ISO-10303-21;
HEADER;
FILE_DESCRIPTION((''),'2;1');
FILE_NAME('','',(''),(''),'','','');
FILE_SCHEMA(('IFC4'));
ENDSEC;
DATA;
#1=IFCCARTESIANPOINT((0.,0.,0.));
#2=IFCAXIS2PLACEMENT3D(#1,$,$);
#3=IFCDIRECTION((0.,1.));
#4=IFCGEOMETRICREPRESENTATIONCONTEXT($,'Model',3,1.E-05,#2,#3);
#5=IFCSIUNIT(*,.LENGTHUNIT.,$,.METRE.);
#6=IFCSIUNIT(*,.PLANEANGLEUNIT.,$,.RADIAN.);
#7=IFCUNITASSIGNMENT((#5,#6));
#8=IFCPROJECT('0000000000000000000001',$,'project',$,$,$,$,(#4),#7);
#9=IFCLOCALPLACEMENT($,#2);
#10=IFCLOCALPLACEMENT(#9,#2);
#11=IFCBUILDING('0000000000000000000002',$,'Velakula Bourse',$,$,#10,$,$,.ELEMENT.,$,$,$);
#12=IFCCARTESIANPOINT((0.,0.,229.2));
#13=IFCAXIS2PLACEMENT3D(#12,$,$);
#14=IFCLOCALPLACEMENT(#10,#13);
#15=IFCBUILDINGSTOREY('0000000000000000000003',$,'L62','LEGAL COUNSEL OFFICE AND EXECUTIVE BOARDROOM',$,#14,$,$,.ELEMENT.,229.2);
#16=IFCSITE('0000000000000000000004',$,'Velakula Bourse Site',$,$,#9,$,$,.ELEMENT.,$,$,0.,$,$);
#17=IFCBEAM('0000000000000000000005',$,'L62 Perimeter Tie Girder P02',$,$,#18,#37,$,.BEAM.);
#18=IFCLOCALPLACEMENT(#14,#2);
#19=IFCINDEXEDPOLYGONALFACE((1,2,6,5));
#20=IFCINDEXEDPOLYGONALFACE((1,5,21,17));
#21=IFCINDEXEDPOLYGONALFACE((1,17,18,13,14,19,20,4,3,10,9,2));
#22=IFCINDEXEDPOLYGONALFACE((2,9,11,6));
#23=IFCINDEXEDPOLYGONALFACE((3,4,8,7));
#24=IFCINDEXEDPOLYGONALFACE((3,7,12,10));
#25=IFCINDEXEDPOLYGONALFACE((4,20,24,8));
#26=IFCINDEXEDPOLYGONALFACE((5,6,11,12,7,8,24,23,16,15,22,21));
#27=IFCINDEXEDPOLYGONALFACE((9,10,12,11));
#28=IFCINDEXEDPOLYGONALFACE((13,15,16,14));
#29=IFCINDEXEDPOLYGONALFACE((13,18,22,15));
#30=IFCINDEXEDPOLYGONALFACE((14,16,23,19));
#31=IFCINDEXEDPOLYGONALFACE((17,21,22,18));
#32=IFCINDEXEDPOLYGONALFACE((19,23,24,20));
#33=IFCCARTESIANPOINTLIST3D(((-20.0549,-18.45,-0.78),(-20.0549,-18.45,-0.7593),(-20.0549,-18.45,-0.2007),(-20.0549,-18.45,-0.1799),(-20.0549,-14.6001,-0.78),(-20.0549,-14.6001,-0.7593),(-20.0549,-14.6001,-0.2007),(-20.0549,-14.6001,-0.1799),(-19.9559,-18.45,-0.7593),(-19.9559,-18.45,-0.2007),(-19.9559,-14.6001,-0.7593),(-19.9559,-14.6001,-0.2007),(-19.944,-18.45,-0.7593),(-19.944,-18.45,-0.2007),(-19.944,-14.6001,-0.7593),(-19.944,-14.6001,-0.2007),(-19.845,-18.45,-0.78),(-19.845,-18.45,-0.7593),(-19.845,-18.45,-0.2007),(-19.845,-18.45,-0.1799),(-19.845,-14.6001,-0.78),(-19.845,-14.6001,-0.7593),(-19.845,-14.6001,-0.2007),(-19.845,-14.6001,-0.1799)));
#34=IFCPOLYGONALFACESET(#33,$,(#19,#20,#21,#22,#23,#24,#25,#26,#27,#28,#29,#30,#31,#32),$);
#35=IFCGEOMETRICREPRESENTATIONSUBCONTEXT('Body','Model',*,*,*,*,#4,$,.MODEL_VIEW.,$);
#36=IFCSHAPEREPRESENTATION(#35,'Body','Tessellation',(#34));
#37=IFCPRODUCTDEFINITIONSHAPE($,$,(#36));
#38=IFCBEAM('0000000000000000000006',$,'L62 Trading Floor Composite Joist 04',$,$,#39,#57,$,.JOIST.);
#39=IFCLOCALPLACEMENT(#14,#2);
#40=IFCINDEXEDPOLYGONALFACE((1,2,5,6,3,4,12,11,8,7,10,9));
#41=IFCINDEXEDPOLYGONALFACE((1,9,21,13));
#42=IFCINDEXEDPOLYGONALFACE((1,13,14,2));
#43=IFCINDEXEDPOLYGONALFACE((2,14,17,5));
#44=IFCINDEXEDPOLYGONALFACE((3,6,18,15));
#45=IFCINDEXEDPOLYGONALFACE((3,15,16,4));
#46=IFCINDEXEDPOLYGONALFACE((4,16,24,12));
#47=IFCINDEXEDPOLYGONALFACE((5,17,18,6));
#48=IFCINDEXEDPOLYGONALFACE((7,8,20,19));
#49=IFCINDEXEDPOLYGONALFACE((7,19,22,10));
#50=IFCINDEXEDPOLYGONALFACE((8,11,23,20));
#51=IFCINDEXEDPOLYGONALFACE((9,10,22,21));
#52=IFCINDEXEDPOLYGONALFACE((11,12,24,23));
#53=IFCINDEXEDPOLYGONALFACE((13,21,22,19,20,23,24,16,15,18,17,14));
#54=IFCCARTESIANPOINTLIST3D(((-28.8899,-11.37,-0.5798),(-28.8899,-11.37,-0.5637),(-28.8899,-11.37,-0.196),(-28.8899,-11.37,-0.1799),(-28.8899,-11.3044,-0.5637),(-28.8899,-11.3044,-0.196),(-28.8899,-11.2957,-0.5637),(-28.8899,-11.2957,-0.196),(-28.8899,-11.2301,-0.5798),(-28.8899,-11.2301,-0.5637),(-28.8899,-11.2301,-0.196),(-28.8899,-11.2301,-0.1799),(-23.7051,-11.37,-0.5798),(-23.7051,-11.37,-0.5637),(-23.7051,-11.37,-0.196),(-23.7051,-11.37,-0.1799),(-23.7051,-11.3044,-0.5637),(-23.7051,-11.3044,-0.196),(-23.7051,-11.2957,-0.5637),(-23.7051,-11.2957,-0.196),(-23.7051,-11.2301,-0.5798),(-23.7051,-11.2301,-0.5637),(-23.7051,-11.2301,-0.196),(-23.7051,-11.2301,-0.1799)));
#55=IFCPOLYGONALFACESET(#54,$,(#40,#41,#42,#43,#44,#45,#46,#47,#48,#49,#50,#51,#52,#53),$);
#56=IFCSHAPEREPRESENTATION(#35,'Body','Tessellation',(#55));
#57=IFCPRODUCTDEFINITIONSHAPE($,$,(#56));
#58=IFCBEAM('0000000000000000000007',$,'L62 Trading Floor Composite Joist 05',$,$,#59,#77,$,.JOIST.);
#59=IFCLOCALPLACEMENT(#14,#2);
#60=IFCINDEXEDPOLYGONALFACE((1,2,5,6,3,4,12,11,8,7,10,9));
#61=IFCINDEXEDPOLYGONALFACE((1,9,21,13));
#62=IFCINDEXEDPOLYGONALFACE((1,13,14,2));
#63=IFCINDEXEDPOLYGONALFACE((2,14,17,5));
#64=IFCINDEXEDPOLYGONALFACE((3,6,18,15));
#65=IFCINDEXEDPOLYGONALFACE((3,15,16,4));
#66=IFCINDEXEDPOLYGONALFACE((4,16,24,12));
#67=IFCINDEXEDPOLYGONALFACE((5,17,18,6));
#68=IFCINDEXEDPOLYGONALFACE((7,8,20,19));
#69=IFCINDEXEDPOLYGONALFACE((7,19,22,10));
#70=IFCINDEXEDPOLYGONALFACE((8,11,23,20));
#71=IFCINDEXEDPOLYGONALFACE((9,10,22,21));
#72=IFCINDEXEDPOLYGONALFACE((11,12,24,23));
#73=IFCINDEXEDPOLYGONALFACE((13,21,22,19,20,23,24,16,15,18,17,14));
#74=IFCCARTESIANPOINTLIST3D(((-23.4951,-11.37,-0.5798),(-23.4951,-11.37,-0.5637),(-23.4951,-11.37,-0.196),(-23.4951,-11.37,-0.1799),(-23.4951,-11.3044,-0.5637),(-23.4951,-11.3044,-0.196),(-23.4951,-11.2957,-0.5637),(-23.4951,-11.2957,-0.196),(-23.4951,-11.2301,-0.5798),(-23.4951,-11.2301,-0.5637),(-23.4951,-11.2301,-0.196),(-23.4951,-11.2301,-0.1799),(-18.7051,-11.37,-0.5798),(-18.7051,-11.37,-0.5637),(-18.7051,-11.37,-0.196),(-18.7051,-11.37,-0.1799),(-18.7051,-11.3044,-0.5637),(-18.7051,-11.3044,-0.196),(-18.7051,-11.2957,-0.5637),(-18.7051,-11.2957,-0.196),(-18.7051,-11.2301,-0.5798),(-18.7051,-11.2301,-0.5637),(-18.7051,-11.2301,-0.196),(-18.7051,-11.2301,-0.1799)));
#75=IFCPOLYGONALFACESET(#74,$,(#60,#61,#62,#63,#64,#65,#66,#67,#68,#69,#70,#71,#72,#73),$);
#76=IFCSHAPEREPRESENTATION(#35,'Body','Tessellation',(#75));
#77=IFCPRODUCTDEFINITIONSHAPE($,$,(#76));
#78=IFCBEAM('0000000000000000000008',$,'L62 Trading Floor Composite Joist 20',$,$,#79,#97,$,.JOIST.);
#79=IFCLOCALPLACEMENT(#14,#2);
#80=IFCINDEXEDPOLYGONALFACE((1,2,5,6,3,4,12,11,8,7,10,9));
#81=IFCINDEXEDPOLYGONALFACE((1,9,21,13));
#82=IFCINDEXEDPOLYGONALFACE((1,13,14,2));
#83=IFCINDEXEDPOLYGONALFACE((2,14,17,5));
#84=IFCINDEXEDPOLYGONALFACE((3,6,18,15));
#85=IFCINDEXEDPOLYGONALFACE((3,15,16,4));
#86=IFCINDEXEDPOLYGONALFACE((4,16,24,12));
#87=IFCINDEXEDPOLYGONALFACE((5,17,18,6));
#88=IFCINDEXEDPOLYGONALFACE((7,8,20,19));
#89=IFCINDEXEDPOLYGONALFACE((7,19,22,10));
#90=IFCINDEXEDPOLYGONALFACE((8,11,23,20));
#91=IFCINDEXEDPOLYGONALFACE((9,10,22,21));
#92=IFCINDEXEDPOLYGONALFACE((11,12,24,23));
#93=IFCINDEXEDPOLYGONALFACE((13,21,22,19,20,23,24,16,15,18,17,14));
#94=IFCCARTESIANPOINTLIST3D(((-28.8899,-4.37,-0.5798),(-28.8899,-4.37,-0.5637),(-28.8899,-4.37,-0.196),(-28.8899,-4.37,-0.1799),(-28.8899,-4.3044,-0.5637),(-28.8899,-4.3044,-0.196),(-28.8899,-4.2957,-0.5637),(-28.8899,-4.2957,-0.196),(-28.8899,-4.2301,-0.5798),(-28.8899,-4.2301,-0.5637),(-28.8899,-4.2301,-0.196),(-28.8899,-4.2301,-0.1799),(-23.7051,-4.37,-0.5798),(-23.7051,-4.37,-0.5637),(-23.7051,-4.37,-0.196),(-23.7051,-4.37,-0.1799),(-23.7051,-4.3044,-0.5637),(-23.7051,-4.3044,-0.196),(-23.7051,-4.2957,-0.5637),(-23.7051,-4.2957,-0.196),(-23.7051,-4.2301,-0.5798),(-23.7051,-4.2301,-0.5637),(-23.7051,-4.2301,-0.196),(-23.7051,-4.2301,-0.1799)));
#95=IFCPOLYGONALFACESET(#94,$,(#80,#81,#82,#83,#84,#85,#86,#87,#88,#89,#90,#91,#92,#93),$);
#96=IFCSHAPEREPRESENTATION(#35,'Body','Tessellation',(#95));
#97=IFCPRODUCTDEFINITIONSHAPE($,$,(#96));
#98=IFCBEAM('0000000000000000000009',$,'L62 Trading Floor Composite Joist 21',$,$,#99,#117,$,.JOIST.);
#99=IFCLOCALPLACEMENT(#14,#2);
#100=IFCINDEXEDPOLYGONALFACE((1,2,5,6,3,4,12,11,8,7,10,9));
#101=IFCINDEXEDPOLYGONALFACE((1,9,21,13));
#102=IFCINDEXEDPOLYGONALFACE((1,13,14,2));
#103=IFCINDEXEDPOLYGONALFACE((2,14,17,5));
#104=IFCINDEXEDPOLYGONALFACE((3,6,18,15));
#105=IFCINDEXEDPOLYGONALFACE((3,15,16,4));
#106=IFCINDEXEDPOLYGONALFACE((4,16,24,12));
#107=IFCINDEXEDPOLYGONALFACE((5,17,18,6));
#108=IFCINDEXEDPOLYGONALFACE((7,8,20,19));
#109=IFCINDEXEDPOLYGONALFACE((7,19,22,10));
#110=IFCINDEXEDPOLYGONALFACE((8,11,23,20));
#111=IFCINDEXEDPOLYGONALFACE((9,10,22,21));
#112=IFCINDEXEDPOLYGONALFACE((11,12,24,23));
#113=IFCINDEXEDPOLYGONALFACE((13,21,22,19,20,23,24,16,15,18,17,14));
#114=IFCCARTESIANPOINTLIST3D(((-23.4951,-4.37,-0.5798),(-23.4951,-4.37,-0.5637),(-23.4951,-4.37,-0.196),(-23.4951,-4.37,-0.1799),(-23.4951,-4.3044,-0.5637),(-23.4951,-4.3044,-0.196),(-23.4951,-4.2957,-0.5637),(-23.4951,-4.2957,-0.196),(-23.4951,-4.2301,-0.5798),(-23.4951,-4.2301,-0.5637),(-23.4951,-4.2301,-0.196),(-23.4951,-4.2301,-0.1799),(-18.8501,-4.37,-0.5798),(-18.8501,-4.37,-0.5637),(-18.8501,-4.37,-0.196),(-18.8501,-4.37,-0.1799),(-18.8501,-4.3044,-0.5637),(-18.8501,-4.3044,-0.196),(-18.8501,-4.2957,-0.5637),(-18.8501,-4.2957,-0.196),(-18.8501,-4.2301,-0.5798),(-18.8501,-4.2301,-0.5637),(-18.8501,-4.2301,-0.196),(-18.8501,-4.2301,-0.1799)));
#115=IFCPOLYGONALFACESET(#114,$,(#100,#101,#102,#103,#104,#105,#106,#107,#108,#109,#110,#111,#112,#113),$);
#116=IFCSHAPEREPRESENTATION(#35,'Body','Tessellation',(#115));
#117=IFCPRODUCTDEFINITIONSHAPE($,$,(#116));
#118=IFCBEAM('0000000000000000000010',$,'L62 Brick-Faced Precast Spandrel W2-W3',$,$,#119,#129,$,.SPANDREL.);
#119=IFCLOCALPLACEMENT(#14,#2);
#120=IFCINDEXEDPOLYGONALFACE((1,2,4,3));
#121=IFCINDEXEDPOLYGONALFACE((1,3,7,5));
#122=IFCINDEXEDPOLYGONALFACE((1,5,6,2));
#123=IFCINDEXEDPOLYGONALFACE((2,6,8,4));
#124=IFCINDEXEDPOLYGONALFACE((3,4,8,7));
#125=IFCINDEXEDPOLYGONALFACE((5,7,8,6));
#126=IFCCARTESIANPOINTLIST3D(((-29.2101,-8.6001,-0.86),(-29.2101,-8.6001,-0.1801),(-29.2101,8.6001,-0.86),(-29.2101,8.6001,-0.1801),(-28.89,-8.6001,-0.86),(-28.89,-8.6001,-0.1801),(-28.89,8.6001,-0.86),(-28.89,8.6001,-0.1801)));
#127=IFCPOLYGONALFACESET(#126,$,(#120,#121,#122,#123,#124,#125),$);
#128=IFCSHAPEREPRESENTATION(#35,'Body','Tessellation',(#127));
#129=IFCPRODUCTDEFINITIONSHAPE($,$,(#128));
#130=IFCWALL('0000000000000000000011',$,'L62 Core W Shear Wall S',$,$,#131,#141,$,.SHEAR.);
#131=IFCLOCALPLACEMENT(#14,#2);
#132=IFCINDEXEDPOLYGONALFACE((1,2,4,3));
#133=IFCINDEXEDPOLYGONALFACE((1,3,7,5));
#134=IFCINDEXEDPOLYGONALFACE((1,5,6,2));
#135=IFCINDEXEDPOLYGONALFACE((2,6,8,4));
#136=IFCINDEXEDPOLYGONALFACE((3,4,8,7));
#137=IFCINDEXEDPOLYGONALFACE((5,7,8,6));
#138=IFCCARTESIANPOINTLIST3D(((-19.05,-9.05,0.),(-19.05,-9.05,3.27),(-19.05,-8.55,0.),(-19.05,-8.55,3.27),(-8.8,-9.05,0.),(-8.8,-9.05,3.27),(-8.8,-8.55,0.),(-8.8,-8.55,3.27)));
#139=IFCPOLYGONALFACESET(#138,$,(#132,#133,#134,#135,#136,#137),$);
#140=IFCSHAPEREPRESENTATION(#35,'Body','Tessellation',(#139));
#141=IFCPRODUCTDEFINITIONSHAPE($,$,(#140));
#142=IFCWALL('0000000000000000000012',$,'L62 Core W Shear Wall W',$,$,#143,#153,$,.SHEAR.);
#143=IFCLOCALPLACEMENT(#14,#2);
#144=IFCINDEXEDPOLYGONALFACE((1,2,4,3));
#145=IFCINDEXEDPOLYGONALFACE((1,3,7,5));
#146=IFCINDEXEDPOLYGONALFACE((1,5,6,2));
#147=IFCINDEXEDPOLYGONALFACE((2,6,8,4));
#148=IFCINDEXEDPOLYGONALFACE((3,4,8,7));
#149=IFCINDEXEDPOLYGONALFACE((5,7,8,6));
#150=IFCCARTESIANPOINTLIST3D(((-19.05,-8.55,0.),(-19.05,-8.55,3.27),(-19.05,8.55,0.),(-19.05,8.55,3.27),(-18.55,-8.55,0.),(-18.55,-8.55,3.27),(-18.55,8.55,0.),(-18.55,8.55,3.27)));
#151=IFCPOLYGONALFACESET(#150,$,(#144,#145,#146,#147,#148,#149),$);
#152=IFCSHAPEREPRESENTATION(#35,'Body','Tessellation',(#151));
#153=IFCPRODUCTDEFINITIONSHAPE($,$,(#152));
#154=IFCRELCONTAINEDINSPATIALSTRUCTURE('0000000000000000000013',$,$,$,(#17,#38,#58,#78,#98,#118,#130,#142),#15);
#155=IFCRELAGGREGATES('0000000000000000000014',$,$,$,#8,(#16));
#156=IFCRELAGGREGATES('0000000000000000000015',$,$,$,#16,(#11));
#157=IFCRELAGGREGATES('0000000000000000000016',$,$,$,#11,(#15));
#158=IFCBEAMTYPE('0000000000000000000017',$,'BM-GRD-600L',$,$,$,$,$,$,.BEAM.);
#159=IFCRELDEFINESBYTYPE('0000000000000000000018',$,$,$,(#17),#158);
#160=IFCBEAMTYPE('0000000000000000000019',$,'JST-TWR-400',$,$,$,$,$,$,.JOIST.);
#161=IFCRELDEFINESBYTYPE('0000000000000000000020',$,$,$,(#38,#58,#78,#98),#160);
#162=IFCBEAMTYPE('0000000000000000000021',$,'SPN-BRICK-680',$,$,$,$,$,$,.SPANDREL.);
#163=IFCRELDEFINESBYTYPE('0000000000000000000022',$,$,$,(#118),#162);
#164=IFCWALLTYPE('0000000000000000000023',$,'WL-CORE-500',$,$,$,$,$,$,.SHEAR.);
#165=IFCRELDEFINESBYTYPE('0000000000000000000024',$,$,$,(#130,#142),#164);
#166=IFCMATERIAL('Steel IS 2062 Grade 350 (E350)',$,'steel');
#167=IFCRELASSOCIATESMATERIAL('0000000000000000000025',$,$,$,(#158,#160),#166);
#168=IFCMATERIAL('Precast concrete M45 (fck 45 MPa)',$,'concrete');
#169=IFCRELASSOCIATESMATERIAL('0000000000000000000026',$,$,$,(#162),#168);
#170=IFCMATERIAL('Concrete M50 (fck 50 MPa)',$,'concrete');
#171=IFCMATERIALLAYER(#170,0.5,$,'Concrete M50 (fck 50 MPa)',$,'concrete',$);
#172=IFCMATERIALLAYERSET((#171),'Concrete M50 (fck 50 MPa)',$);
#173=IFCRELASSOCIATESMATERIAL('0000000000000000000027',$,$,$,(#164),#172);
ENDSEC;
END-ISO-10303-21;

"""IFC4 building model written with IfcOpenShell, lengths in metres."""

from ifc_helpers import new_model, si_unit, direction, frame, frame_2d, origin, origin_2d, place, context, subcontext, project, spatial, rectangle, i_section, extrude, material, layer, layer_set, material_profile, profile_set, type_object, element, save


model = new_model("IFC4")

# Units and contexts
model_context = context("Model", 3, precision=1e-05, world=origin(), true_north=direction((0.0, 1.0)))
body_context = subcontext(model_context, "Body", "Model", "MODEL_VIEW")
ifc_project = project(units=[si_unit("LENGTHUNIT", "METRE"), si_unit("PLANEANGLEUNIT", "RADIAN")], contexts=[model_context])

# Site, building, storey
site_placement = place(None, origin())
site = spatial("IfcSite", under=ifc_project, at=site_placement, Name="Velakula Bourse Site", CompositionType="ELEMENT", RefElevation=0.0)
building_placement = place(site_placement, origin())
building = spatial("IfcBuilding", under=site, at=building_placement, Name="Velakula Bourse", CompositionType="ELEMENT")
storey_placement = place(building_placement, frame((0.0, 0.0, 229.2)))
storey = spatial("IfcBuildingStorey", under=building, at=storey_placement, Name="L62", Description="LEGAL COUNSEL OFFICE AND EXECUTIVE BOARDROOM", CompositionType="ELEMENT", Elevation=229.2)

# Shared definitions
ifc_material_1 = material(Name="Steel IS 2062 Grade 350 (E350)", Category="steel")

# Beams
ifc_material_profile_1 = material_profile(ifc_material_1, i_section(OverallWidth=0.21, OverallDepth=0.6001, WebThickness=0.012, FlangeThickness=0.0208, at=origin_2d()), Name="Steel IS 2062 Grade 350 (E350)")
ifc_profile_set_1 = profile_set([ifc_material_profile_1], Name="Steel IS 2062 Grade 350 (E350)")
beam_type_1 = type_object("IfcBeamType", Name="BM-GRD-600L", PredefinedType="BEAM", material=ifc_profile_set_1)
for number, where, z_axis, x_axis, name in (
    (1, (-19.95, -14.6001, -0.48), (0.0, -1.0, 0.0), (1.0, 0.0, 0.0), "L62 Perimeter Tie Girder P02"),
):
    element("IfcBeam", number, at=place(storey_placement, frame(where, z_axis=z_axis, x_axis=x_axis)), inside=storey, type_object=beam_type_1, Name=name, PredefinedType="BEAM", context=body_context, shape_type="SweptSolid", body=[
        extrude(i_section(OverallWidth=0.21, OverallDepth=0.6001, WebThickness=0.012, FlangeThickness=0.0208, at=origin_2d()), origin(), (0.0, 0.0, 1.0), 3.8499),
    ])
ifc_material_profile_2 = material_profile(ifc_material_1, i_section(OverallWidth=0.1399, OverallDepth=0.3999, WebThickness=0.0088, FlangeThickness=0.0161, at=origin_2d()), Name="Steel IS 2062 Grade 350 (E350)")
ifc_profile_set_2 = profile_set([ifc_material_profile_2], Name="Steel IS 2062 Grade 350 (E350)")
beam_type_2 = type_object("IfcBeamType", Name="JST-TWR-400", PredefinedType="JOIST", material=ifc_profile_set_2)
beam_1_placement = place(storey_placement, frame((-28.8899, -11.3, -0.3799), z_axis=(1.0, 0.0, 0.0), x_axis=(0.0, 1.0, 0.0)))
element("IfcBeam", 2, at=beam_1_placement, inside=storey, type_object=beam_type_2, Name="L62 Trading Floor Composite Joist 04", PredefinedType="JOIST", context=body_context, shape_type="SweptSolid", body=[
    extrude(i_section(OverallWidth=0.1399, OverallDepth=0.3999, WebThickness=0.0088, FlangeThickness=0.0161, at=origin_2d()), origin(), (0.0, 0.0, 1.0), 5.1848),
])
beam_2_placement = place(storey_placement, frame((-23.4951, -11.3, -0.3799), z_axis=(1.0, 0.0, 0.0), x_axis=(0.0, 1.0, 0.0)))
element("IfcBeam", 3, at=beam_2_placement, inside=storey, type_object=beam_type_2, Name="L62 Trading Floor Composite Joist 05", PredefinedType="JOIST", context=body_context, shape_type="SweptSolid", body=[
    extrude(i_section(OverallWidth=0.1399, OverallDepth=0.3999, WebThickness=0.0088, FlangeThickness=0.0161, at=origin_2d()), origin(), (0.0, 0.0, 1.0), 4.79),
])
beam_3_placement = place(storey_placement, frame((-28.8899, -4.3, -0.3799), z_axis=(1.0, 0.0, 0.0), x_axis=(0.0, 1.0, 0.0)))
element("IfcBeam", 4, at=beam_3_placement, inside=storey, type_object=beam_type_2, Name="L62 Trading Floor Composite Joist 20", PredefinedType="JOIST", context=body_context, shape_type="SweptSolid", body=[
    extrude(i_section(OverallWidth=0.1399, OverallDepth=0.3999, WebThickness=0.0088, FlangeThickness=0.0161, at=origin_2d()), origin(), (0.0, 0.0, 1.0), 5.1848),
])
beam_4_placement = place(storey_placement, frame((-23.4951, -4.3, -0.3799), z_axis=(1.0, 0.0, 0.0), x_axis=(0.0, 1.0, 0.0)))
element("IfcBeam", 5, at=beam_4_placement, inside=storey, type_object=beam_type_2, Name="L62 Trading Floor Composite Joist 21", PredefinedType="JOIST", context=body_context, shape_type="SweptSolid", body=[
    extrude(i_section(OverallWidth=0.1399, OverallDepth=0.3999, WebThickness=0.0088, FlangeThickness=0.0161, at=origin_2d()), origin(), (0.0, 0.0, 1.0), 4.645),
])
ifc_material_2 = material(Name="Precast concrete M45 (fck 45 MPa)", Category="concrete")
ifc_material_profile_3 = material_profile(ifc_material_2, rectangle(XDim=0.3201, YDim=0.6799, at=origin_2d()), Name="Precast concrete M45 (fck 45 MPa)")
ifc_profile_set_3 = profile_set([ifc_material_profile_3], Name="Precast concrete M45 (fck 45 MPa)")
beam_type_3 = type_object("IfcBeamType", Name="SPN-BRICK-680", PredefinedType="SPANDREL", material=ifc_profile_set_3)
beam_5_placement = place(storey_placement, frame((-29.05, -8.6001, -0.52), z_axis=(0.0, 1.0, 0.0), x_axis=(-1.0, 0.0, 0.0)))
element("IfcBeam", 6, at=beam_5_placement, inside=storey, type_object=beam_type_3, Name="L62 Brick-Faced Precast Spandrel W2-W3", PredefinedType="SPANDREL", context=body_context, shape_type="SweptSolid", body=[
    extrude(rectangle(XDim=0.3201, YDim=0.6799, at=origin_2d()), origin(), (0.0, 0.0, 1.0), 17.2002),
])

# Walls
ifc_material_3 = material(Name="Concrete M50 (fck 50 MPa)", Category="concrete")
ifc_layer_1 = layer(ifc_material_3, 0.5, Name="Concrete M50 (fck 50 MPa)", Category="concrete")
ifc_layer_set_1 = layer_set([ifc_layer_1], Name="Concrete M50 (fck 50 MPa)")
wall_type_1 = type_object("IfcWallType", Name="WL-CORE-500", PredefinedType="SHEAR", material=ifc_layer_set_1)
wall_1_placement = place(storey_placement, frame((-19.05, -8.8, 0.0), z_axis=(0.0, 0.0, 1.0), x_axis=(1.0, 0.0, 0.0)))
element("IfcWall", 7, at=wall_1_placement, inside=storey, type_object=wall_type_1, Name="L62 Core W Shear Wall S", PredefinedType="SHEAR", context=body_context, shape_type="SweptSolid", body=[
    extrude(rectangle(XDim=10.25, YDim=0.5, at=frame_2d((5.125, 0.0))), origin(), (0.0, 0.0, 1.0), 3.27),
])
wall_2_placement = place(storey_placement, frame((-18.8, -8.55, 0.0), z_axis=(0.0, 0.0, 1.0), x_axis=(0.0, 1.0, 0.0)))
element("IfcWall", 8, at=wall_2_placement, inside=storey, type_object=wall_type_1, Name="L62 Core W Shear Wall W", PredefinedType="SHEAR", context=body_context, shape_type="SweptSolid", body=[
    extrude(rectangle(XDim=17.1001, YDim=0.5, at=frame_2d((8.55, 0.0))), origin(), (0.0, 0.0, 1.0), 3.27),
])

save(model, "model.ifc")
